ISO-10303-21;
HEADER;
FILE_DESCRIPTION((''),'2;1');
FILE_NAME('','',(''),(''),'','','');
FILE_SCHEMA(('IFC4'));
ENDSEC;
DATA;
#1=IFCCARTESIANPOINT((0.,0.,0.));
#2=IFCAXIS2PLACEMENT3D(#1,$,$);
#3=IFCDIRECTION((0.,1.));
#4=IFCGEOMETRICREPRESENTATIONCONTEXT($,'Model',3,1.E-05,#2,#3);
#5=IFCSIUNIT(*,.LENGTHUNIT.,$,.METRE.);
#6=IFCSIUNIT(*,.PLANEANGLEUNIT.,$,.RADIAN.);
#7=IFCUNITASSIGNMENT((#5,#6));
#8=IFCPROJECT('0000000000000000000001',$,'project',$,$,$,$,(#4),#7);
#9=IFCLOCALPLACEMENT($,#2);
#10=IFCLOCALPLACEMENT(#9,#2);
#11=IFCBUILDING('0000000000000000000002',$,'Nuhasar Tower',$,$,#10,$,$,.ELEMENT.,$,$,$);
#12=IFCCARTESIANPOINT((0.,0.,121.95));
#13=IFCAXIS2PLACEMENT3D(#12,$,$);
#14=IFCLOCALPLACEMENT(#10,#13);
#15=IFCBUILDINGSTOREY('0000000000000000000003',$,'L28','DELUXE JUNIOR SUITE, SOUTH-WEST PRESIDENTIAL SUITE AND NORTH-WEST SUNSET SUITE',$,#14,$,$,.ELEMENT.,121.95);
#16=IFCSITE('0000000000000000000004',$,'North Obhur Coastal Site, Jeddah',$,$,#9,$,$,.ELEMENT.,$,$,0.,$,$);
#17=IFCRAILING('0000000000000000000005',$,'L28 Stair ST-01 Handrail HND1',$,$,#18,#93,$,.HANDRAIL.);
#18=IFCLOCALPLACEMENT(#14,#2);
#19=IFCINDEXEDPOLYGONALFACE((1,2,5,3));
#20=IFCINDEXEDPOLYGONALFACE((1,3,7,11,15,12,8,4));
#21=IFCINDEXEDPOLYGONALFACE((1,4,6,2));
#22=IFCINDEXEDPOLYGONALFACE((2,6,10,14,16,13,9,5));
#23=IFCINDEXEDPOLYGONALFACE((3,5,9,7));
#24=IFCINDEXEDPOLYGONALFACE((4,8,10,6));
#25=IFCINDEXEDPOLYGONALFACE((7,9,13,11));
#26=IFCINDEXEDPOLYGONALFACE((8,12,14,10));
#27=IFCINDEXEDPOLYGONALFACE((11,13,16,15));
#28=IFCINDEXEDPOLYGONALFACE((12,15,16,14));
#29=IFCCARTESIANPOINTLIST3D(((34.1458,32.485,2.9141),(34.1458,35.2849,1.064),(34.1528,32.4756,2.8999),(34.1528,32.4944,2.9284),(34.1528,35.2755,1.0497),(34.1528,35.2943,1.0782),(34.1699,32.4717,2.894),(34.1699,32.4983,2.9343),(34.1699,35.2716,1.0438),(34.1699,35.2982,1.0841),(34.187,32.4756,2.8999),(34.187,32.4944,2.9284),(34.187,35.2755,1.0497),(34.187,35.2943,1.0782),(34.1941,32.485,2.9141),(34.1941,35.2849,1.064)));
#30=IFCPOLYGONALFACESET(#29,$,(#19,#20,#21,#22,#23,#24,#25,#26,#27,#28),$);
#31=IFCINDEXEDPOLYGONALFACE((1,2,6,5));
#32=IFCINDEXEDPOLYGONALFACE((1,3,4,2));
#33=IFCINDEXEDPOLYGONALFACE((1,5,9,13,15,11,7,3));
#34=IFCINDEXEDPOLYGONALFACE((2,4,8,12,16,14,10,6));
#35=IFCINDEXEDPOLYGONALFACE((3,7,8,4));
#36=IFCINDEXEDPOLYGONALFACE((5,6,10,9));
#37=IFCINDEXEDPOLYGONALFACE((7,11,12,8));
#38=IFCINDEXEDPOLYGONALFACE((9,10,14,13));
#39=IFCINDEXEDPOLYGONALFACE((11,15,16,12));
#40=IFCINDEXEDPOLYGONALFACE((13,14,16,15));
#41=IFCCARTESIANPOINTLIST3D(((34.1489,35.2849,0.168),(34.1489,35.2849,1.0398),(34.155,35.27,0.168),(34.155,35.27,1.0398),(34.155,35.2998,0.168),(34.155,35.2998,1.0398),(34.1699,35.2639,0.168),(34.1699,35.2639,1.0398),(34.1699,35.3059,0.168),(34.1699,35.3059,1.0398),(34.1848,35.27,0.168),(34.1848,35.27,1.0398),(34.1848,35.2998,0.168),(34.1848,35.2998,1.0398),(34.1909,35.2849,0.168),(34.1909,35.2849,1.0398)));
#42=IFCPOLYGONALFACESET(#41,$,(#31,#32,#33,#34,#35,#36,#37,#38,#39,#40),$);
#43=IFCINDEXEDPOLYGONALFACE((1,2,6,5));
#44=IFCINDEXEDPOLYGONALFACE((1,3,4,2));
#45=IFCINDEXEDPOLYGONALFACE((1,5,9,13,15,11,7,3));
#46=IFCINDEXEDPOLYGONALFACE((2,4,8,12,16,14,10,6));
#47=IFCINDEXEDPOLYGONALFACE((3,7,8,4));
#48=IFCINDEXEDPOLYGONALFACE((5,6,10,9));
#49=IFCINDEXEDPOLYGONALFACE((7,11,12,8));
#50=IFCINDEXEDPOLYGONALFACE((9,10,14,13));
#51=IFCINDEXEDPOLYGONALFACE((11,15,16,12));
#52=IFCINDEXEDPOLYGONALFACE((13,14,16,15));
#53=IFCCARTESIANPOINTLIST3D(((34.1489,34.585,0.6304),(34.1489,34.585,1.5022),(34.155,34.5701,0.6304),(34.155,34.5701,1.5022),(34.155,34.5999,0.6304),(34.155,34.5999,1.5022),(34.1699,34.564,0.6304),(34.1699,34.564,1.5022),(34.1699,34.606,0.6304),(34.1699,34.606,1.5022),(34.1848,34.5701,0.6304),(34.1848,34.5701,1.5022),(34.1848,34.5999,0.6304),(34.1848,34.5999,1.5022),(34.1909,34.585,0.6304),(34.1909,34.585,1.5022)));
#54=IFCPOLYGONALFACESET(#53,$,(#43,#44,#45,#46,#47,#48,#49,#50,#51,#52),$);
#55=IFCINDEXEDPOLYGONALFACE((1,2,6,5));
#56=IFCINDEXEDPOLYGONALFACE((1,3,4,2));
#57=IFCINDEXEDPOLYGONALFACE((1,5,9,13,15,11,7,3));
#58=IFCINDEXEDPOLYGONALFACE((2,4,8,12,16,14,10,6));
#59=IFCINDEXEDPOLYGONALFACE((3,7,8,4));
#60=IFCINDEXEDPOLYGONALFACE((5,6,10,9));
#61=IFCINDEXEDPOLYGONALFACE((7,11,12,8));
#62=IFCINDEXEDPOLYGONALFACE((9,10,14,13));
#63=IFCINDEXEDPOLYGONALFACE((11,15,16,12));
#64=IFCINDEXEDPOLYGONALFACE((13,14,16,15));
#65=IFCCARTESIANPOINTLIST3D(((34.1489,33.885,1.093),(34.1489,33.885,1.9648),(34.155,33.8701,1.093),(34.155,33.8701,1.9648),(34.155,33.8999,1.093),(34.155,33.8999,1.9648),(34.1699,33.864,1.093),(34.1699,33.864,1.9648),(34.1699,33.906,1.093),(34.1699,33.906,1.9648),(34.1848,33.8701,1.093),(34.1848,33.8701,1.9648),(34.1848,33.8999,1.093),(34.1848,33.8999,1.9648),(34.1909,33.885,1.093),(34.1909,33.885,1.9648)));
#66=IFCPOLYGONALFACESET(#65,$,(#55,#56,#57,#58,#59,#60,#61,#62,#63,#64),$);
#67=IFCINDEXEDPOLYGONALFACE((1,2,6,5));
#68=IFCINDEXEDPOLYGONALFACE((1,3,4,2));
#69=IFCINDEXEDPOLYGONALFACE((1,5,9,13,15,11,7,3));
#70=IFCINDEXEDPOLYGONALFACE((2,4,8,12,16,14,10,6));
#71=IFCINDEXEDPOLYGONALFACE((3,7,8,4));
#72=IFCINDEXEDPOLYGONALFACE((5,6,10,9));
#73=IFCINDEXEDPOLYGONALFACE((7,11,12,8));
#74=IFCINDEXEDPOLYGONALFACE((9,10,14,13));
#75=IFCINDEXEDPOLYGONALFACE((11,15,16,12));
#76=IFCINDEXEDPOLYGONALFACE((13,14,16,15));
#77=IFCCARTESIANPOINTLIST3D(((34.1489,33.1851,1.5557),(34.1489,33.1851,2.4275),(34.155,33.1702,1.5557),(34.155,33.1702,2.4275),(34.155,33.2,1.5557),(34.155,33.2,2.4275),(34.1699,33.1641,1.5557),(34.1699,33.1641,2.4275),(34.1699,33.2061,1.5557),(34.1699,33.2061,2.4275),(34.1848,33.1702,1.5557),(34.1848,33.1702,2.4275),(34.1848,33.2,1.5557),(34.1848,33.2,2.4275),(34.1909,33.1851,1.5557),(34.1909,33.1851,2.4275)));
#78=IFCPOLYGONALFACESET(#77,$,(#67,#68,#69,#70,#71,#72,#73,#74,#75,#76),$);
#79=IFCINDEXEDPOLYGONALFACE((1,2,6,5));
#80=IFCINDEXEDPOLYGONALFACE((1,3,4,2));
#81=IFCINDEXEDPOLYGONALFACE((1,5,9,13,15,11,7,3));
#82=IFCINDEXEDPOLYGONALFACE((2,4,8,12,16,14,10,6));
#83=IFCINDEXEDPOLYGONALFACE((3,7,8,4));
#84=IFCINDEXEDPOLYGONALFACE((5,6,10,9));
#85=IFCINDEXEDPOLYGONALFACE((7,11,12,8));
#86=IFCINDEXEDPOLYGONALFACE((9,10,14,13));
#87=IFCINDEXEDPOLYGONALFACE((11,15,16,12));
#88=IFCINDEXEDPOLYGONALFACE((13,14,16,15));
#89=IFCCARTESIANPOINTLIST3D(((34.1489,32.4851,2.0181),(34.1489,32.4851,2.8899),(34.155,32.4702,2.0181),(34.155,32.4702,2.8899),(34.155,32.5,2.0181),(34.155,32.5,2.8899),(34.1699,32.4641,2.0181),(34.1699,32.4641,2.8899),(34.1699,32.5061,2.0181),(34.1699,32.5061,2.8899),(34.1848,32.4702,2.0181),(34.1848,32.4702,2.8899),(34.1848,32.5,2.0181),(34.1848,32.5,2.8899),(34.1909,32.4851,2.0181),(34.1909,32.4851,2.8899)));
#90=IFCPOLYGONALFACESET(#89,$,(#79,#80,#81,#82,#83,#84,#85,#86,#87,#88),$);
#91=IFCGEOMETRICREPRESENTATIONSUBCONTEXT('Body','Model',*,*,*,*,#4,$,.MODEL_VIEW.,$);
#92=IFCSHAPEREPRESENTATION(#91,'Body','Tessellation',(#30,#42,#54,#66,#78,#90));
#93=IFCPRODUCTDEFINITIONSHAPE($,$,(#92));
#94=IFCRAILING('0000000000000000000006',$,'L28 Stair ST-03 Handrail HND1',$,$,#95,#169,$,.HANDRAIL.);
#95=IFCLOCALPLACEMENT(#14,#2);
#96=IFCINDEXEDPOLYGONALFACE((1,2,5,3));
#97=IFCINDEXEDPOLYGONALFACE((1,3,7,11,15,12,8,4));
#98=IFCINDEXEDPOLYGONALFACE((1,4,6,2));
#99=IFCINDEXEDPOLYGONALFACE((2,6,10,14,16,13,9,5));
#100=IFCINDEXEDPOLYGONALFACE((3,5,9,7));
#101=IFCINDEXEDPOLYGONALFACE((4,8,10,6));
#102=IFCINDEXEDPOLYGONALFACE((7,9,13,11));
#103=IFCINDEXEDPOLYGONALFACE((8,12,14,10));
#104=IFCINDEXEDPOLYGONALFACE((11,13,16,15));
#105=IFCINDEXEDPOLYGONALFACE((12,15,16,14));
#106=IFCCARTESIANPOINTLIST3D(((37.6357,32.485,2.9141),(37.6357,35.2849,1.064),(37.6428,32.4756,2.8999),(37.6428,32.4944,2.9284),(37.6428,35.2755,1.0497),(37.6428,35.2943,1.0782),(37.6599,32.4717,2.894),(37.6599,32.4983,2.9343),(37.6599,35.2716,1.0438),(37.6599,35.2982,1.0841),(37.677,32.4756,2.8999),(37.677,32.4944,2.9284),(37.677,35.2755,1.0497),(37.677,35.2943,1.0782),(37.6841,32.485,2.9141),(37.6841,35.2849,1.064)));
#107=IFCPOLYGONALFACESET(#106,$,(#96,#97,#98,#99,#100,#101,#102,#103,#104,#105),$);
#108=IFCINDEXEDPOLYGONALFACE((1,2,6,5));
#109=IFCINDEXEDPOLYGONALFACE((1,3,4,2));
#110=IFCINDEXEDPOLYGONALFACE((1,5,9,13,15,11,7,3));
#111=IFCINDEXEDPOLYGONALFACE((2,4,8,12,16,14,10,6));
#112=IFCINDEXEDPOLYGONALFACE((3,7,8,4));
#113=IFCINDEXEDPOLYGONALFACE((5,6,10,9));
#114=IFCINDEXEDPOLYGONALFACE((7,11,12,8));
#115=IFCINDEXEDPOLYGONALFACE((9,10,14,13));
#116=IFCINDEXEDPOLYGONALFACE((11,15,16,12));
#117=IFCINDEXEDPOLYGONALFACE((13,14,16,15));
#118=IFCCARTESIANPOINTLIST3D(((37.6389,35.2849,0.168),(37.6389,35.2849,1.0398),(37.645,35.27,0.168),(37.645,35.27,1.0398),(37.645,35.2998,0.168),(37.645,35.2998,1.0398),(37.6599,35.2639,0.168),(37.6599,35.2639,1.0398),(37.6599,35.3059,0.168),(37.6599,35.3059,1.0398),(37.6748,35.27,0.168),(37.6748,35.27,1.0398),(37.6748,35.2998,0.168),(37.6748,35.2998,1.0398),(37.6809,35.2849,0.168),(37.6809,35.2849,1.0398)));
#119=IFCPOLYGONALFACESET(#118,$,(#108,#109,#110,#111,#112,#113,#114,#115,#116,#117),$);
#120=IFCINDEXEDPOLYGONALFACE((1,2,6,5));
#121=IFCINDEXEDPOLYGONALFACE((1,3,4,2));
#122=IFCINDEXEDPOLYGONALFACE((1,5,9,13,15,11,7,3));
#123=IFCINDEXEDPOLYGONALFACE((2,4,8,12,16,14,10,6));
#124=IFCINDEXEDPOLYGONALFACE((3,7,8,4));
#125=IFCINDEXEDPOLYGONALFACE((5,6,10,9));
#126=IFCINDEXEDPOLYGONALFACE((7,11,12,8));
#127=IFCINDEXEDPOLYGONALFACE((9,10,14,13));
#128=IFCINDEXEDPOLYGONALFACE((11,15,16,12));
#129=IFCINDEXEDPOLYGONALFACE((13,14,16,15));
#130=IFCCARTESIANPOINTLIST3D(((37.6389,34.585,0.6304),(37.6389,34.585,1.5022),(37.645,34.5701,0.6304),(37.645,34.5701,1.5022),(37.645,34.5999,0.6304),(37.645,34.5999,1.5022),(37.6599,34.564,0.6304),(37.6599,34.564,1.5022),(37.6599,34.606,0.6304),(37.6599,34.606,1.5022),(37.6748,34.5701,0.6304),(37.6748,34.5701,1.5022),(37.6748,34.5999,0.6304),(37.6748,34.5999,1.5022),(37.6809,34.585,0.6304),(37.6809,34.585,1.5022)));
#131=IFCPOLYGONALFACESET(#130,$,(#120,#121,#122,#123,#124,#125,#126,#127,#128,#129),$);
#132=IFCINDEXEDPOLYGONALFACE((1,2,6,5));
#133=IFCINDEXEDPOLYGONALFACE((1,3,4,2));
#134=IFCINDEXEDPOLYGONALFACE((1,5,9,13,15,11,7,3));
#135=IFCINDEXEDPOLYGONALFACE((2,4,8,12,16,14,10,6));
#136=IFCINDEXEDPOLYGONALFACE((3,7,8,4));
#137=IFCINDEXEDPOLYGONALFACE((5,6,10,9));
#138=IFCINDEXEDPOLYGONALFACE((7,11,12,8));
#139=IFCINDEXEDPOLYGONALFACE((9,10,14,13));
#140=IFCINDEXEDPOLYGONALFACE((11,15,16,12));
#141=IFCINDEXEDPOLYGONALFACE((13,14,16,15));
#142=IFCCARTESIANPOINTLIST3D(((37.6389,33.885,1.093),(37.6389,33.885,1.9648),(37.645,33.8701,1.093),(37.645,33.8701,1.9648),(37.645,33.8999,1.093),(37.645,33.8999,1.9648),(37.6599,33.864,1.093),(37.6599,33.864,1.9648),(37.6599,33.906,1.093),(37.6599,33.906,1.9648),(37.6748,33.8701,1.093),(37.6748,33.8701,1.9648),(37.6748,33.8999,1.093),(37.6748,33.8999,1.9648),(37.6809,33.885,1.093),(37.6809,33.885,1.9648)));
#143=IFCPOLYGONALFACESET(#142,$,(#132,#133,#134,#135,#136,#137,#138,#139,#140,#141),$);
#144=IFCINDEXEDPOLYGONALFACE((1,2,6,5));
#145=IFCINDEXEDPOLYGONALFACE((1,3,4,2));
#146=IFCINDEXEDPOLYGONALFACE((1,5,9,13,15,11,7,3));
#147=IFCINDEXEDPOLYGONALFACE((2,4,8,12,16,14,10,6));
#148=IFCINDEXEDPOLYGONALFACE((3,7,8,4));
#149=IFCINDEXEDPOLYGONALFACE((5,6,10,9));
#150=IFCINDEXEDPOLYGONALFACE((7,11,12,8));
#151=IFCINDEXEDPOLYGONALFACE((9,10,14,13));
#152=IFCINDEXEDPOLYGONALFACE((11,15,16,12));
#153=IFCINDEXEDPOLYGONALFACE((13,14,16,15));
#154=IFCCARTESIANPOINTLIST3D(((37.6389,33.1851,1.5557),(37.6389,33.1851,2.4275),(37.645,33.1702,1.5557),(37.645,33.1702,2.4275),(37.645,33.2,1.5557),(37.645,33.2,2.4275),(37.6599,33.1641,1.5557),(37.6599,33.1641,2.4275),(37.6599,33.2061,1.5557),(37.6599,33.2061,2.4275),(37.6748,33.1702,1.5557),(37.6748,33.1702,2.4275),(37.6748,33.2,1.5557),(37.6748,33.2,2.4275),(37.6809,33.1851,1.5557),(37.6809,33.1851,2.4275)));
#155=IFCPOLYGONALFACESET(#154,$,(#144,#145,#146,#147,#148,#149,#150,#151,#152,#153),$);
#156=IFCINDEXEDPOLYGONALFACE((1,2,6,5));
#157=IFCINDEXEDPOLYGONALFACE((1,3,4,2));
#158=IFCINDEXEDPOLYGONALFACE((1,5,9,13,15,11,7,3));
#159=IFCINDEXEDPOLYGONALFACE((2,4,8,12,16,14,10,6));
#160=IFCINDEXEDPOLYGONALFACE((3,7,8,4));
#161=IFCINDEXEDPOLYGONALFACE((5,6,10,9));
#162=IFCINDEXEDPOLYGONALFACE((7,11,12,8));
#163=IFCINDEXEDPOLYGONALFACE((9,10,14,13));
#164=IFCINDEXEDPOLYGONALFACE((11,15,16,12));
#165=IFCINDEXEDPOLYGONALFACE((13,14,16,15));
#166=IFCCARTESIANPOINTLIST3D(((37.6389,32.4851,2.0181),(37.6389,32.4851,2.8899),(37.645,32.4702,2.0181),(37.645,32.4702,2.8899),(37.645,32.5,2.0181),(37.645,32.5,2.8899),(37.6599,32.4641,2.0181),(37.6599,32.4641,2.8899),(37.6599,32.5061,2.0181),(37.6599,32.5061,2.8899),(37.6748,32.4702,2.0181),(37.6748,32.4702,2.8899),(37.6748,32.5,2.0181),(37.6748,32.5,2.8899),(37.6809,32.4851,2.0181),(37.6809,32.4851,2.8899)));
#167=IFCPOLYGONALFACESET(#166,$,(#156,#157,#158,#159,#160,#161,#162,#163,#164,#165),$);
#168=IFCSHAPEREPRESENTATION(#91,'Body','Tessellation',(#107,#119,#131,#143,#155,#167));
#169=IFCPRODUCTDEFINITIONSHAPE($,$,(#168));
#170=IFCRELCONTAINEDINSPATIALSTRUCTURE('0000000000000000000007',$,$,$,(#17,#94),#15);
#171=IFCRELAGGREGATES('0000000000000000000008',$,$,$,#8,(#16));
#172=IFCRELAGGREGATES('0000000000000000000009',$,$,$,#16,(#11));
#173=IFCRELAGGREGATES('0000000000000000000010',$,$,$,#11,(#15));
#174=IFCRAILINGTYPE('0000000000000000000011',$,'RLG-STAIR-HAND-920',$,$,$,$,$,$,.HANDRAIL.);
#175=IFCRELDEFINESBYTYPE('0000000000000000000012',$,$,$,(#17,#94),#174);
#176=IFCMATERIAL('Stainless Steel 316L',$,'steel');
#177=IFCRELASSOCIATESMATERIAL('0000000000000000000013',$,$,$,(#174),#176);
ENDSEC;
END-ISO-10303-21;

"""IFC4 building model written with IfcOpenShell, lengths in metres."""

from ifc_helpers import new_model, si_unit, direction, frame, origin, place, context, subcontext, project, spatial, polyline, outline, extrude, material, type_object, element, save


model = new_model("IFC4")

# Units and contexts
model_context = context("Model", 3, precision=1e-05, world=origin(), true_north=direction((0.0, 1.0)))
body_context = subcontext(model_context, "Body", "Model", "MODEL_VIEW")
ifc_project = project(units=[si_unit("LENGTHUNIT", "METRE"), si_unit("PLANEANGLEUNIT", "RADIAN")], contexts=[model_context])

# Site, building, storey
site_placement = place(None, origin())
site = spatial("IfcSite", under=ifc_project, at=site_placement, Name="North Obhur Coastal Site, Jeddah", CompositionType="ELEMENT", RefElevation=0.0)
building_placement = place(site_placement, origin())
building = spatial("IfcBuilding", under=site, at=building_placement, Name="Nuhasar Tower", CompositionType="ELEMENT")
storey_placement = place(building_placement, frame((0.0, 0.0, 121.95)))
storey = spatial("IfcBuildingStorey", under=building, at=storey_placement, Name="L28", Description="DELUXE JUNIOR SUITE, SOUTH-WEST PRESIDENTIAL SUITE AND NORTH-WEST SUNSET SUITE", CompositionType="ELEMENT", Elevation=121.95)

# Railings
ifc_material_1 = material(Name="Stainless Steel 316L", Category="steel")
railing_type_1 = type_object("IfcRailingType", Name="RLG-STAIR-HAND-920", PredefinedType="HANDRAIL", material=ifc_material_1)
railing_1_placement = place(storey_placement, frame((34.1699, 35.2849, 0.168)))
element("IfcRailing", 1, at=railing_1_placement, inside=storey, type_object=railing_type_1, Name="L28 Stair ST-01 Handrail HND1", PredefinedType="HANDRAIL", context=body_context, shape_type="SweptSolid", body=[
    extrude(outline(polyline([(0.0242, 0.0), (0.0171, 0.0171), (0.0, 0.0242), (-0.0171, 0.0171), (-0.0242, 0.0), (-0.0171, -0.0171), (0.0, -0.0242), (0.0171, -0.0171), (0.0242, 0.0)])), frame((0.0, 0.0, 0.896), z_axis=(0.0, -0.834304, 0.551304), x_axis=(1.0, 0.0, 0.0)), (0.0, 0.0, 1.0), 3.356),
    extrude(outline(polyline([(0.021, 0.0), (0.0149, 0.0149), (0.0, 0.021), (-0.0149, 0.0149), (-0.021, 0.0), (-0.0149, -0.0149), (0.0, -0.021), (0.0149, -0.0149), (0.021, 0.0)])), origin(), (0.0, 0.0, 1.0), 0.8718),
    extrude(outline(polyline([(0.021, 0.0), (0.0149, 0.0149), (0.0, 0.021), (-0.0149, 0.0149), (-0.021, 0.0), (-0.0149, -0.0149), (0.0, -0.021), (0.0149, -0.0149), (0.021, 0.0)])), frame((0.0, -0.7, 0.4624)), (0.0, 0.0, 1.0), 0.8718),
    extrude(outline(polyline([(0.021, 0.0), (0.0149, 0.0149), (0.0, 0.021), (-0.0149, 0.0149), (-0.021, 0.0), (-0.0149, -0.0149), (0.0, -0.021), (0.0149, -0.0149), (0.021, 0.0)])), frame((0.0, -1.3999, 0.925)), (0.0, 0.0, 1.0), 0.8718),
    extrude(outline(polyline([(0.021, 0.0), (0.0149, 0.0149), (0.0, 0.021), (-0.0149, 0.0149), (-0.021, 0.0), (-0.0149, -0.0149), (0.0, -0.021), (0.0149, -0.0149), (0.021, 0.0)])), frame((0.0, -2.0999, 1.3877)), (0.0, 0.0, 1.0), 0.8718),
    extrude(outline(polyline([(0.021, 0.0), (0.0149, 0.0149), (0.0, 0.021), (-0.0149, 0.0149), (-0.021, 0.0), (-0.0149, -0.0149), (0.0, -0.021), (0.0149, -0.0149), (0.021, 0.0)])), frame((0.0, -2.7998, 1.8501)), (0.0, 0.0, 1.0), 0.8718),
])
railing_2_placement = place(storey_placement, frame((37.6599, 35.2849, 0.168)))
element("IfcRailing", 2, at=railing_2_placement, inside=storey, type_object=railing_type_1, Name="L28 Stair ST-03 Handrail HND1", PredefinedType="HANDRAIL", context=body_context, shape_type="SweptSolid", body=[
    extrude(outline(polyline([(0.0242, 0.0), (0.0171, 0.0171), (0.0, 0.0242), (-0.0171, 0.0171), (-0.0242, 0.0), (-0.0171, -0.0171), (0.0, -0.0242), (0.0171, -0.0171), (0.0242, 0.0)])), frame((0.0, 0.0, 0.896), z_axis=(0.0, -0.834304, 0.551304), x_axis=(1.0, 0.0, 0.0)), (0.0, 0.0, 1.0), 3.356),
    extrude(outline(polyline([(0.021, 0.0), (0.0149, 0.0149), (0.0, 0.021), (-0.0149, 0.0149), (-0.021, 0.0), (-0.0149, -0.0149), (0.0, -0.021), (0.0149, -0.0149), (0.021, 0.0)])), origin(), (0.0, 0.0, 1.0), 0.8718),
    extrude(outline(polyline([(0.021, 0.0), (0.0149, 0.0149), (0.0, 0.021), (-0.0149, 0.0149), (-0.021, 0.0), (-0.0149, -0.0149), (0.0, -0.021), (0.0149, -0.0149), (0.021, 0.0)])), frame((0.0, -0.7, 0.4624)), (0.0, 0.0, 1.0), 0.8718),
    extrude(outline(polyline([(0.021, 0.0), (0.0149, 0.0149), (0.0, 0.021), (-0.0149, 0.0149), (-0.021, 0.0), (-0.0149, -0.0149), (0.0, -0.021), (0.0149, -0.0149), (0.021, 0.0)])), frame((0.0, -1.3999, 0.925)), (0.0, 0.0, 1.0), 0.8718),
    extrude(outline(polyline([(0.021, 0.0), (0.0149, 0.0149), (0.0, 0.021), (-0.0149, 0.0149), (-0.021, 0.0), (-0.0149, -0.0149), (0.0, -0.021), (0.0149, -0.0149), (0.021, 0.0)])), frame((0.0, -2.0999, 1.3877)), (0.0, 0.0, 1.0), 0.8718),
    extrude(outline(polyline([(0.021, 0.0), (0.0149, 0.0149), (0.0, 0.021), (-0.0149, 0.0149), (-0.021, 0.0), (-0.0149, -0.0149), (0.0, -0.021), (0.0149, -0.0149), (0.021, 0.0)])), frame((0.0, -2.7998, 1.8501)), (0.0, 0.0, 1.0), 0.8718),
])

save(model, "model.ifc")
